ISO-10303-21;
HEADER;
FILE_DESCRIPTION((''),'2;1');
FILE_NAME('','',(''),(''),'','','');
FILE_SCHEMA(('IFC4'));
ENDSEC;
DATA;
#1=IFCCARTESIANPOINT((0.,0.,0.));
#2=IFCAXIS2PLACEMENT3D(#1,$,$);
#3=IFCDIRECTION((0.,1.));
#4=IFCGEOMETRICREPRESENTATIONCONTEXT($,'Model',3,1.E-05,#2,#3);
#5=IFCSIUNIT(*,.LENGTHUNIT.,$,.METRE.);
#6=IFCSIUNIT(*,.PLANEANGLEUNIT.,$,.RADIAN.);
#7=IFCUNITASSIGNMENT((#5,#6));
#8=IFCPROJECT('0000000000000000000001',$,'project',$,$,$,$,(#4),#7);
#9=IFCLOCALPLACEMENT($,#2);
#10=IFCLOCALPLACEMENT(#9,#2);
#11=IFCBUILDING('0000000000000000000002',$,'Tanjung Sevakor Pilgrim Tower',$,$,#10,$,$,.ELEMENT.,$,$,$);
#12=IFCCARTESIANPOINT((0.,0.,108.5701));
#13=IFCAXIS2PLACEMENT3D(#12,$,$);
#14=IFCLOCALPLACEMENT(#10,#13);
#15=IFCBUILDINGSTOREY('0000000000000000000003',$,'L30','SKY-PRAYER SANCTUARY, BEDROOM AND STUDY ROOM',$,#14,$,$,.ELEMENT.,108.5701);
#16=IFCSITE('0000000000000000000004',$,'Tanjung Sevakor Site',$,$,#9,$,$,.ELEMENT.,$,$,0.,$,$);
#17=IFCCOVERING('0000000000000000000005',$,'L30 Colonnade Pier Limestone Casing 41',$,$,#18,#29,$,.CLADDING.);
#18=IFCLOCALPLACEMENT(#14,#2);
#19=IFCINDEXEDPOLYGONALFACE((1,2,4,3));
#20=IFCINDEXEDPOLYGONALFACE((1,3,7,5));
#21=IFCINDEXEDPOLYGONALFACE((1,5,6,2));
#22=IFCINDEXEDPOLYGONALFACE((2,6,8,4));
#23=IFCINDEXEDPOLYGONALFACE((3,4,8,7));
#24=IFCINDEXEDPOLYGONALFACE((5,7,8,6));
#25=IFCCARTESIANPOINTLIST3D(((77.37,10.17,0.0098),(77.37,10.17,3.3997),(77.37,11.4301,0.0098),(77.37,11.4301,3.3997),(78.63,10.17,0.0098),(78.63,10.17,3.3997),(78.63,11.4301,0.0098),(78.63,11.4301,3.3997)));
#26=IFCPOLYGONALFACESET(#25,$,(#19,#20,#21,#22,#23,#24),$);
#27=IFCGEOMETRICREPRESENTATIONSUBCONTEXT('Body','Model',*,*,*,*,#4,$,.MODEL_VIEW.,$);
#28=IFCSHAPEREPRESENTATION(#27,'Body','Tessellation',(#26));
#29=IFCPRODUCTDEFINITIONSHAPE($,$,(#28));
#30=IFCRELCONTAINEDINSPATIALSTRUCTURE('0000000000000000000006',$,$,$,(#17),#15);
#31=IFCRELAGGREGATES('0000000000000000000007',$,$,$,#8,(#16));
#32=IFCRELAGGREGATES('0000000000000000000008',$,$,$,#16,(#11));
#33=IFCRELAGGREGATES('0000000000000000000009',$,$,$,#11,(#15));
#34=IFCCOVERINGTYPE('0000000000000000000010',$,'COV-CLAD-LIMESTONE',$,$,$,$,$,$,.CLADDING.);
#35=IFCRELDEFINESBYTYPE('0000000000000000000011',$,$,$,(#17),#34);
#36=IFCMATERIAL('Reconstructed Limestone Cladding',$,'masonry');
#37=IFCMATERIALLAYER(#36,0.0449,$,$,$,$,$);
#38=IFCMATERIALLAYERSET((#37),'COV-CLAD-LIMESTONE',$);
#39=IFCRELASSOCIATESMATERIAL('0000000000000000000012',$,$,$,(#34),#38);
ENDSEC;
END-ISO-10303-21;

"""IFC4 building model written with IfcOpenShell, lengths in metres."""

from ifc_helpers import new_model, si_unit, direction, frame, origin, origin_2d, place, context, subcontext, project, spatial, rectangle, extrude, material, layer, layer_set, type_object, element, save


model = new_model("IFC4")

# Units and contexts
model_context = context("Model", 3, precision=1e-05, world=origin(), true_north=direction((0.0, 1.0)))
body_context = subcontext(model_context, "Body", "Model", "MODEL_VIEW")
ifc_project = project(units=[si_unit("LENGTHUNIT", "METRE"), si_unit("PLANEANGLEUNIT", "RADIAN")], contexts=[model_context])

# Site, building, storey
site_placement = place(None, origin())
site = spatial("IfcSite", under=ifc_project, at=site_placement, Name="Tanjung Sevakor Site", CompositionType="ELEMENT", RefElevation=0.0)
building_placement = place(site_placement, origin())
building = spatial("IfcBuilding", under=site, at=building_placement, Name="Tanjung Sevakor Pilgrim Tower", CompositionType="ELEMENT")
storey_placement = place(building_placement, frame((0.0, 0.0, 108.5701)))
storey = spatial("IfcBuildingStorey", under=building, at=storey_placement, Name="L30", Description="SKY-PRAYER SANCTUARY, BEDROOM AND STUDY ROOM", CompositionType="ELEMENT", Elevation=108.5701)

# Covering
ifc_material_1 = material(Name="Reconstructed Limestone Cladding", Category="masonry")
ifc_layer_1 = layer(ifc_material_1, 0.0449)
ifc_layer_set_1 = layer_set([ifc_layer_1], Name="COV-CLAD-LIMESTONE")
covering_type = type_object("IfcCoveringType", Name="COV-CLAD-LIMESTONE", PredefinedType="CLADDING", material=ifc_layer_set_1)
for number, where, z_axis, x_axis, name in (
    (1, (78.0, 10.8, 0.0098), (0.0, 0.0, 1.0), (1.0, 0.0, 0.0), "L30 Colonnade Pier Limestone Casing 41"),
):
    element("IfcCovering", number, at=place(storey_placement, frame(where, z_axis=z_axis, x_axis=x_axis)), inside=storey, type_object=covering_type, Name=name, PredefinedType="CLADDING", context=body_context, shape_type="SweptSolid", body=[
        extrude(rectangle(XDim=1.26, YDim=1.26, at=origin_2d()), origin(), (0.0, 0.0, 1.0), 3.3899),
    ])

save(model, "model.ifc")
